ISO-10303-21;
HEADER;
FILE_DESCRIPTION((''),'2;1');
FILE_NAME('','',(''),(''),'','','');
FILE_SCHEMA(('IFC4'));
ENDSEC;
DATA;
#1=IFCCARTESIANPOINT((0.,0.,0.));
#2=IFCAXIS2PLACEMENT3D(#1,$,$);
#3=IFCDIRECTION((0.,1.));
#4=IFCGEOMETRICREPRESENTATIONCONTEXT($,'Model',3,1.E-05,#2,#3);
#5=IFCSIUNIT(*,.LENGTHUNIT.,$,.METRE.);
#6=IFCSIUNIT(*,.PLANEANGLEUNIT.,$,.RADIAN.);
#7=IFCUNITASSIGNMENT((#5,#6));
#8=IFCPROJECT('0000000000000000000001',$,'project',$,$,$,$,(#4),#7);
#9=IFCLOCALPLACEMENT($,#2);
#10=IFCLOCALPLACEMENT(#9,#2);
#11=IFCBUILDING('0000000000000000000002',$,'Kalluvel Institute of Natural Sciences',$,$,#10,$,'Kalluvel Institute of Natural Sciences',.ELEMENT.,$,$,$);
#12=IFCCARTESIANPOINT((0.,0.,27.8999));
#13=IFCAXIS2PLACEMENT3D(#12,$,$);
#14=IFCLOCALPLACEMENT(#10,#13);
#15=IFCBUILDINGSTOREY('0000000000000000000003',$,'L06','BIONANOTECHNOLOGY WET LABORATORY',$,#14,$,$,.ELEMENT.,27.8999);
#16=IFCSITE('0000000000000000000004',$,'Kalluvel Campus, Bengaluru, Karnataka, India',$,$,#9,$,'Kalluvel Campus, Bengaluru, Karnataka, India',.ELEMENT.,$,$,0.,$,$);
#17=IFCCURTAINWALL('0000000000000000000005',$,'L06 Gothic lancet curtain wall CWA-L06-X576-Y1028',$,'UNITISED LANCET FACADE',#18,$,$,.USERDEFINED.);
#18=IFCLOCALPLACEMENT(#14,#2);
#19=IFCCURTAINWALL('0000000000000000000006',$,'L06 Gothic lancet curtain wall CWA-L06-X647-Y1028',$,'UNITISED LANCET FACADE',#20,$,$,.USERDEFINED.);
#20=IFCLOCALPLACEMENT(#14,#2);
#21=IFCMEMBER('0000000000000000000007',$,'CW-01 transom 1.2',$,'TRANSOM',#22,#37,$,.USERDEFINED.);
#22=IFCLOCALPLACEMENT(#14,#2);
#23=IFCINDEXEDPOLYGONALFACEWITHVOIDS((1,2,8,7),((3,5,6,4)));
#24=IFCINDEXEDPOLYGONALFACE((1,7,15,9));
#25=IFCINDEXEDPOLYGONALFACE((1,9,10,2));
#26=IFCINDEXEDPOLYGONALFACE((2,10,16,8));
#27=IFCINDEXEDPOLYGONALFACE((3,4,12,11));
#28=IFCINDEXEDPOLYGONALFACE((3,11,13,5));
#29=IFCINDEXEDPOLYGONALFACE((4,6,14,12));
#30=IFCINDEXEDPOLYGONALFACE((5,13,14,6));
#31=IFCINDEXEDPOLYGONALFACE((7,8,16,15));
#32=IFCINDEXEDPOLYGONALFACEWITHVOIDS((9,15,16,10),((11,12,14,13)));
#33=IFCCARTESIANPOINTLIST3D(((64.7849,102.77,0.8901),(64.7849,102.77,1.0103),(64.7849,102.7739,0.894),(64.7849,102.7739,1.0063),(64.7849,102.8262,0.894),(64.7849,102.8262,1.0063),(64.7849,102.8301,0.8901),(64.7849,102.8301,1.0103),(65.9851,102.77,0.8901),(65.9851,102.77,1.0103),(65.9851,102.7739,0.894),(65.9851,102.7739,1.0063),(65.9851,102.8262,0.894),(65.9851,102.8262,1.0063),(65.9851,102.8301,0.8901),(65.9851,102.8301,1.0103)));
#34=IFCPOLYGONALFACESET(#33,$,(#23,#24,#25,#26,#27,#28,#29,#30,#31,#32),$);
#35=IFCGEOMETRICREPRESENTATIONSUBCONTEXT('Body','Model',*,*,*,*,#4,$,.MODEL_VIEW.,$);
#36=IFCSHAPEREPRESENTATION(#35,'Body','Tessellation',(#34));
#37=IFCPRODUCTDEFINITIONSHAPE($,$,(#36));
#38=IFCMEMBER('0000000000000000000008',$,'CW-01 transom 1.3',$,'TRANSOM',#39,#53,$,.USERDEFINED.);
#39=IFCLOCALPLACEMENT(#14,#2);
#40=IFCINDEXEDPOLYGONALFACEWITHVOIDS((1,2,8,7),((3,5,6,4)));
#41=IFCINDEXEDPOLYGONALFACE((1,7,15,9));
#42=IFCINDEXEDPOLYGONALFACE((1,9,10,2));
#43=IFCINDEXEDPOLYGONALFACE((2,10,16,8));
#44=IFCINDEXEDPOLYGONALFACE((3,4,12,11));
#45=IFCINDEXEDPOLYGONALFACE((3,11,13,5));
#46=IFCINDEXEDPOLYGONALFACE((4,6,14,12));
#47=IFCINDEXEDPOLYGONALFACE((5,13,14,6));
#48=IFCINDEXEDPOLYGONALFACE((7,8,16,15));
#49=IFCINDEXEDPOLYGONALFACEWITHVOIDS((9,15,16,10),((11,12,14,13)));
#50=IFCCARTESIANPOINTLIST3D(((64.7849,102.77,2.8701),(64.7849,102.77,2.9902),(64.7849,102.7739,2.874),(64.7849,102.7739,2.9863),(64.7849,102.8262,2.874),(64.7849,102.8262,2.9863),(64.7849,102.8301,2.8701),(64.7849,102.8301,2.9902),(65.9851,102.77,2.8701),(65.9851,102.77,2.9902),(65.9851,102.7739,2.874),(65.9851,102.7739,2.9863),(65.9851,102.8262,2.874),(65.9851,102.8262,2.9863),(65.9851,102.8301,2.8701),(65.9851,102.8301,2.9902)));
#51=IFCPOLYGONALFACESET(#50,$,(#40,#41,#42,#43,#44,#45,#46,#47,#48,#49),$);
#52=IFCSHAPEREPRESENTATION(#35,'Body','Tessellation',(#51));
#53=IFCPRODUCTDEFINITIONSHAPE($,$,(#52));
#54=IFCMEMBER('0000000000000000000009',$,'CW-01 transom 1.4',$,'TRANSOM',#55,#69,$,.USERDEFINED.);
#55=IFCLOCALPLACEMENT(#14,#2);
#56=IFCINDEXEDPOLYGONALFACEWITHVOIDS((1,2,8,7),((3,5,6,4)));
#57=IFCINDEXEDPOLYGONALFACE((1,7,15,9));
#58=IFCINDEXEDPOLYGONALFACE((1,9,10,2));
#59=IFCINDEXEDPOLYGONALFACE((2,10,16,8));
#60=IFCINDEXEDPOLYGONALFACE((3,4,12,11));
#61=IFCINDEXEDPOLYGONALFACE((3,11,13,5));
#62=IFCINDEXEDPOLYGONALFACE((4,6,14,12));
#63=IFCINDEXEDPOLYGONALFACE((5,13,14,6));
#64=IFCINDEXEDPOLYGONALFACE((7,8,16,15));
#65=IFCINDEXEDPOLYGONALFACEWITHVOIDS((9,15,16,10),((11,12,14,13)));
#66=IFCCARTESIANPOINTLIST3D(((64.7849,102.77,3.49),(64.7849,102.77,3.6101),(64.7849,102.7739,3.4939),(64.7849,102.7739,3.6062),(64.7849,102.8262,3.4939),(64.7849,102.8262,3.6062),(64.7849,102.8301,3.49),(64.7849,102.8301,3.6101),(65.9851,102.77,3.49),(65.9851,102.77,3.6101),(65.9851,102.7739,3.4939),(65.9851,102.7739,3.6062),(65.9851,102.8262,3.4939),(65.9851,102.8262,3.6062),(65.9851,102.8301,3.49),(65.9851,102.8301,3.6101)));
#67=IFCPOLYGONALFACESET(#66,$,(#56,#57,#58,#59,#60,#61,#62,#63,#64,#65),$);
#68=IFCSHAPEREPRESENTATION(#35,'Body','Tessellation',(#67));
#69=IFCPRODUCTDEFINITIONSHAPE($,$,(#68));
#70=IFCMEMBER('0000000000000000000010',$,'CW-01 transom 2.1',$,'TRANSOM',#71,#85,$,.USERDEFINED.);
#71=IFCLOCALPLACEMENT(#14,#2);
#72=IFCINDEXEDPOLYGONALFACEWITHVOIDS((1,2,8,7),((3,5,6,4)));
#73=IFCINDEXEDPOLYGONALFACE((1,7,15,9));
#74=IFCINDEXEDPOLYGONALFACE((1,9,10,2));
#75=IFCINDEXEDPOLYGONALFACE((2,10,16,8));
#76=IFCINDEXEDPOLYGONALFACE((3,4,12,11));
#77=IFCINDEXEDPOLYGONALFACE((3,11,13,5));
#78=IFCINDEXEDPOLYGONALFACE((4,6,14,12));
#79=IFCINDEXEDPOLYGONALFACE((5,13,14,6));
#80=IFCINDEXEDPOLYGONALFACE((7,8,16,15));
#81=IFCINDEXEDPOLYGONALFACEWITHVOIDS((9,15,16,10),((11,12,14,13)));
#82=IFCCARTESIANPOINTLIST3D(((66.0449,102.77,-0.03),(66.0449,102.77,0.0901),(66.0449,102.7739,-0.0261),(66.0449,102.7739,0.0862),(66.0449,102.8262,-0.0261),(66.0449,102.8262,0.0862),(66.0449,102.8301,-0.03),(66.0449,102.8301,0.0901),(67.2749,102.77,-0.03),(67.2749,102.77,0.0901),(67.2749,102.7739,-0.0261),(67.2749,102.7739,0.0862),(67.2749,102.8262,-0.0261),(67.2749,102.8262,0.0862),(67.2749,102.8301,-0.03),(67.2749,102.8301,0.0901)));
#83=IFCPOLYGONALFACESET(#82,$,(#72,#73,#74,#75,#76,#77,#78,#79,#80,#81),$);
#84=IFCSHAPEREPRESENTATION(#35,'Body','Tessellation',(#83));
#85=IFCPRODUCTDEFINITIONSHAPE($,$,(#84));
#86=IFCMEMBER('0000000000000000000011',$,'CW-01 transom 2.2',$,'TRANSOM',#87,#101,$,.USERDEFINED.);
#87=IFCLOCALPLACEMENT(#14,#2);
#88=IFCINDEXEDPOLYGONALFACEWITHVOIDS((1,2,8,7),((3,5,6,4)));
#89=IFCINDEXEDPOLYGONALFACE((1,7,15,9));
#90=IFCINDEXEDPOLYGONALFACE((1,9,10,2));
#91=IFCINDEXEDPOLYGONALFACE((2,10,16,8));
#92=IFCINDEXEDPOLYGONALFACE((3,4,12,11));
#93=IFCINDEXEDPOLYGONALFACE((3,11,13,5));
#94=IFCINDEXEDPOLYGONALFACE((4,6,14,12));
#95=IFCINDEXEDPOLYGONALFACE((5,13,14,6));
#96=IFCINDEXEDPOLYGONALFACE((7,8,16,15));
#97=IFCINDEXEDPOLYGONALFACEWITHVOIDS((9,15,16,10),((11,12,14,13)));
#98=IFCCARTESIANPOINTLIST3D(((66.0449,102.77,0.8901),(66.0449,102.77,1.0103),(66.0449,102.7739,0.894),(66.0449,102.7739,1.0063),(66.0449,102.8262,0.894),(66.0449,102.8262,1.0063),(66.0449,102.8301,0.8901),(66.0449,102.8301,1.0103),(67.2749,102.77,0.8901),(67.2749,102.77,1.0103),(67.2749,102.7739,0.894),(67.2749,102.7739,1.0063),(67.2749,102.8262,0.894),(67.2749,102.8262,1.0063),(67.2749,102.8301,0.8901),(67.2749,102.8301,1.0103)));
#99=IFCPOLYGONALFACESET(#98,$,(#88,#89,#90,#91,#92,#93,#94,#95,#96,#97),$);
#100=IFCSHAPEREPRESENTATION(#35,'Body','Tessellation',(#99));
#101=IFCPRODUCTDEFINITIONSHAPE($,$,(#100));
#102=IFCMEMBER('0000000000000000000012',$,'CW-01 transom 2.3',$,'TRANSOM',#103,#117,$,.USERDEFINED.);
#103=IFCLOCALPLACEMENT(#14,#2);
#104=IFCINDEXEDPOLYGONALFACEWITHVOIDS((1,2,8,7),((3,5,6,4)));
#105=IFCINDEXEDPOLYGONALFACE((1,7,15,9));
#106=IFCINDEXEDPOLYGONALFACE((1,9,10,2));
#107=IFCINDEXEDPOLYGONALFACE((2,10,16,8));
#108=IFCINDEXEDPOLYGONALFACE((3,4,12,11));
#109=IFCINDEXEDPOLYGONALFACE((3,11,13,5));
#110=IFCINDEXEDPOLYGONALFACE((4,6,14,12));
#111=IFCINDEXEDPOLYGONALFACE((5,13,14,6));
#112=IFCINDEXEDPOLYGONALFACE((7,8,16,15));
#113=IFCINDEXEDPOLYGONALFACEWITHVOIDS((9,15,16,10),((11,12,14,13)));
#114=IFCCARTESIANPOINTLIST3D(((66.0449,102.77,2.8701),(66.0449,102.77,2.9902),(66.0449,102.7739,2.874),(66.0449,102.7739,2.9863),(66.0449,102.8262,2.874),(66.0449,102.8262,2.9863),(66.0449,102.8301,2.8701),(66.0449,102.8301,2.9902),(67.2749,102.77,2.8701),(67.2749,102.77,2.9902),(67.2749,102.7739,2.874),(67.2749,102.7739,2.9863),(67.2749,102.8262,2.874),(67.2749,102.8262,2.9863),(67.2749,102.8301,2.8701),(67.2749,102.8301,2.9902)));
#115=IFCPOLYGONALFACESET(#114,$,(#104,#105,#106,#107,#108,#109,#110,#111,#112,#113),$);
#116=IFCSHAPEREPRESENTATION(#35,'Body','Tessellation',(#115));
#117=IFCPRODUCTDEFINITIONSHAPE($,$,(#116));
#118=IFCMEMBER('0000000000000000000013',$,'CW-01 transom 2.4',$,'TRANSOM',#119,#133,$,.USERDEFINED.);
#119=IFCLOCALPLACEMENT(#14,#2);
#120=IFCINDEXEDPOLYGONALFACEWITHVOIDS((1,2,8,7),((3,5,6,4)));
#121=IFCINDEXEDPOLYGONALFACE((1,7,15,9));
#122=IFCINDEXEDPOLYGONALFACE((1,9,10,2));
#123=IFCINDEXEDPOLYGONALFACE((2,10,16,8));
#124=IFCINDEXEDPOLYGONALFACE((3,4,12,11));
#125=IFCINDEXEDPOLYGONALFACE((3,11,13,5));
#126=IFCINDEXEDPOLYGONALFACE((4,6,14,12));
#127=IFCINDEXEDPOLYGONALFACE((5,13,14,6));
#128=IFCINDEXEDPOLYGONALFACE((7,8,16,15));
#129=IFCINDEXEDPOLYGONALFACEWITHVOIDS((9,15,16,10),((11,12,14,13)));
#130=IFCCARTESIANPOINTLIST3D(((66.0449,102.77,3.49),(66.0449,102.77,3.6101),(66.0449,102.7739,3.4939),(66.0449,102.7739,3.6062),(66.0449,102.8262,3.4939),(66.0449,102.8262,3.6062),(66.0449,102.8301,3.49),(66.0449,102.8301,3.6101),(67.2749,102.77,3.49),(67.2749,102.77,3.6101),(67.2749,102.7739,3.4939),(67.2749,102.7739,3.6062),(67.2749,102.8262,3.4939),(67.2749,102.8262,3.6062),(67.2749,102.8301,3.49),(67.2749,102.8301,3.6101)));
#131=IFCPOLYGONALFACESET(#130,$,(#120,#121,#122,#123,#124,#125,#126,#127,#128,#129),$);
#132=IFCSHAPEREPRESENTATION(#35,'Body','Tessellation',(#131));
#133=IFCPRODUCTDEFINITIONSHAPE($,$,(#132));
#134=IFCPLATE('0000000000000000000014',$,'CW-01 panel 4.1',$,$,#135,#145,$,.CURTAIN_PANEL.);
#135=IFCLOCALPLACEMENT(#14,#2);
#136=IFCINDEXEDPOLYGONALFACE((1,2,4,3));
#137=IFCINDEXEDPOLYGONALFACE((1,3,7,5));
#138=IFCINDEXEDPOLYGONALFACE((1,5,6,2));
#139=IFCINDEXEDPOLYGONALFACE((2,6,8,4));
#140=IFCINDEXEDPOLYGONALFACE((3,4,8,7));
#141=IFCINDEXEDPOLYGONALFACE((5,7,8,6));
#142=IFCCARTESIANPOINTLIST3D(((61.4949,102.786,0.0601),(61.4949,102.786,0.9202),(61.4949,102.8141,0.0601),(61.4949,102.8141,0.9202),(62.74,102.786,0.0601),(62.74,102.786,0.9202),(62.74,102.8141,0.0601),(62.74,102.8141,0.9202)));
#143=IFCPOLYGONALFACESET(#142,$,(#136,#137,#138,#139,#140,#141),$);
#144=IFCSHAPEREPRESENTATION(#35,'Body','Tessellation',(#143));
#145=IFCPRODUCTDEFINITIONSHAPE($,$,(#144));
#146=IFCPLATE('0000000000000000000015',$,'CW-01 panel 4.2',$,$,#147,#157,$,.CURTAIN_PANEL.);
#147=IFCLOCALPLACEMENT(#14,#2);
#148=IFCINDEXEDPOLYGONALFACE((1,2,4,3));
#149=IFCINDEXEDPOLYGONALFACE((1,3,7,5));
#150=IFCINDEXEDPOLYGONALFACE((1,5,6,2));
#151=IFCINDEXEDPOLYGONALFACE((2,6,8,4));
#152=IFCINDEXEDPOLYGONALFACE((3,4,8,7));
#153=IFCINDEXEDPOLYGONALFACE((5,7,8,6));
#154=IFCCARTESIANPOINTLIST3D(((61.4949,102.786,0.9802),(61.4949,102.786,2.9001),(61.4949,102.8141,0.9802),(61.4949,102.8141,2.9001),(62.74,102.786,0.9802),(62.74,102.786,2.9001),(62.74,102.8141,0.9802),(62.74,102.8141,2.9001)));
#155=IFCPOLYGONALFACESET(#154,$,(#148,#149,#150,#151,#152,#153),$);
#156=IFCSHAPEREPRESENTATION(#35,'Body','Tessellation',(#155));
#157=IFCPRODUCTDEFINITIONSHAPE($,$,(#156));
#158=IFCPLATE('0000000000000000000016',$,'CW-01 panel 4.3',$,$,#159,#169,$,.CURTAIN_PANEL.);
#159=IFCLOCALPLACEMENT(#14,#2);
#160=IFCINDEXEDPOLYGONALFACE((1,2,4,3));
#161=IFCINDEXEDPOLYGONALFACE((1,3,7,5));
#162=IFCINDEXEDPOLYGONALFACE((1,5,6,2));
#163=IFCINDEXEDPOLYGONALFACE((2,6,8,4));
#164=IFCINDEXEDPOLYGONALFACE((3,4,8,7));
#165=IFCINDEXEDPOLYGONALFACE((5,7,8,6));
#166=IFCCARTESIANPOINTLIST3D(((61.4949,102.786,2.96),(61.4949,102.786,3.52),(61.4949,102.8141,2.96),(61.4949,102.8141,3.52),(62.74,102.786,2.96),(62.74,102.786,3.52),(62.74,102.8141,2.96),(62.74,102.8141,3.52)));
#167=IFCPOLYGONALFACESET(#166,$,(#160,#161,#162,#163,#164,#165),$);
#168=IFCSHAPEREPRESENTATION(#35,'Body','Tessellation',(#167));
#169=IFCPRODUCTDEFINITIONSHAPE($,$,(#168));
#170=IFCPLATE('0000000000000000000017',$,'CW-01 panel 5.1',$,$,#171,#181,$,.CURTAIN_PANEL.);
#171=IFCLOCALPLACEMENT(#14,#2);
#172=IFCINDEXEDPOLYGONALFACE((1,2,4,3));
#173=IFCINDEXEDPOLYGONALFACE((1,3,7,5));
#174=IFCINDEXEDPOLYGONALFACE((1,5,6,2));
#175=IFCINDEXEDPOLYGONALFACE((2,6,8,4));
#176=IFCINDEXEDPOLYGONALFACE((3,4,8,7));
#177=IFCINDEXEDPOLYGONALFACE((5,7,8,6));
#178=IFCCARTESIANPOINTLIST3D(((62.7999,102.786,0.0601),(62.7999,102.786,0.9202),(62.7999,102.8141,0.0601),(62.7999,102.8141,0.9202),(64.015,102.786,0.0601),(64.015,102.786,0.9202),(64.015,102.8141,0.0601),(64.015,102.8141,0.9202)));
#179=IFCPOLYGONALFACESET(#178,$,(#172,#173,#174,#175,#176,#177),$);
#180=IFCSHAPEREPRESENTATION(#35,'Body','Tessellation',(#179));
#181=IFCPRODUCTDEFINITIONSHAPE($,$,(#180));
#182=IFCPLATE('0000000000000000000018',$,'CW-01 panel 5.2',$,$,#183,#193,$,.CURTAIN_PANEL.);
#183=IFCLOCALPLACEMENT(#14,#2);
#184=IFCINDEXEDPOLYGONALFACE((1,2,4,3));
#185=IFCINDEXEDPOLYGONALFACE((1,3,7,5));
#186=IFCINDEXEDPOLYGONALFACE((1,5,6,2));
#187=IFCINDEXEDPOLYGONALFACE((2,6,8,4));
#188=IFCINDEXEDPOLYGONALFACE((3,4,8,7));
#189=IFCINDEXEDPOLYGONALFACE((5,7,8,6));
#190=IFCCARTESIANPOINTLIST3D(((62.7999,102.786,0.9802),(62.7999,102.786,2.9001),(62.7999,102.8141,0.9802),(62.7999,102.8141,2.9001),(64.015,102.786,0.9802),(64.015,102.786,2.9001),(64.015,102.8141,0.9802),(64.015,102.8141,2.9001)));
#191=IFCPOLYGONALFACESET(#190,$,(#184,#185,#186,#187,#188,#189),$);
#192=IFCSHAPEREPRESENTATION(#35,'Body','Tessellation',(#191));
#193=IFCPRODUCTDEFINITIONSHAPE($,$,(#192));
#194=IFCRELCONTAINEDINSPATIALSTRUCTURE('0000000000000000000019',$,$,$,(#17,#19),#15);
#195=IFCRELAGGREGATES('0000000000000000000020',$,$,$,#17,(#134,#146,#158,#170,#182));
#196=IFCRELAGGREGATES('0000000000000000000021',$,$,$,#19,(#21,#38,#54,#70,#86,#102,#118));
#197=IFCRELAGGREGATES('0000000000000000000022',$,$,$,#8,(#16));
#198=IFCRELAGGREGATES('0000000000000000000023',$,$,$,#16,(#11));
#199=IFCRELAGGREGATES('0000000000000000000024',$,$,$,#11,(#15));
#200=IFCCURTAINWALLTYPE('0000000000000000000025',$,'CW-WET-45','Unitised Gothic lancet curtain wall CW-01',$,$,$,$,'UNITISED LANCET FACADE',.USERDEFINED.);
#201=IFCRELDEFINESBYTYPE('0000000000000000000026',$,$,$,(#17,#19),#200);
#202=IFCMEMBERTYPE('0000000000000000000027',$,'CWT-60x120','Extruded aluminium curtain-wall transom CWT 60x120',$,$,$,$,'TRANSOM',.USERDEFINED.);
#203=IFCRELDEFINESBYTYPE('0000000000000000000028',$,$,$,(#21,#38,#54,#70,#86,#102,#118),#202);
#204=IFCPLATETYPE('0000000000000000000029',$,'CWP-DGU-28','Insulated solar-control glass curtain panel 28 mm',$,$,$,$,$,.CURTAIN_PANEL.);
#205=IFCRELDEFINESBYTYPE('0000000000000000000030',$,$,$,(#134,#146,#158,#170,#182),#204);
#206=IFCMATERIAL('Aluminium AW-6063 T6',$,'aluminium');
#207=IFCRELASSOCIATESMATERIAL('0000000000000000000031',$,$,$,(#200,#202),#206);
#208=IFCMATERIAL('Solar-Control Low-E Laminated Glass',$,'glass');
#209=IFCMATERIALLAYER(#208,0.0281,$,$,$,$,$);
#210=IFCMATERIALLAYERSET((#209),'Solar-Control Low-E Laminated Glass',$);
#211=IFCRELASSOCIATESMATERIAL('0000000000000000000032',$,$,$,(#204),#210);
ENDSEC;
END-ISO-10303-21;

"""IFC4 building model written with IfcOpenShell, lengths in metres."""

from ifc_helpers import new_model, si_unit, direction, frame, origin, origin_2d, place, context, subcontext, project, spatial, rectangle, hollow_rectangle, extrude, material, layer, layer_set, material_profile, profile_set, type_object, element, aggregate, save


model = new_model("IFC4")

# Units and contexts
model_context = context("Model", 3, precision=1e-05, world=origin(), true_north=direction((0.0, 1.0)))
body_context = subcontext(model_context, "Body", "Model", "MODEL_VIEW")
ifc_project = project(units=[si_unit("LENGTHUNIT", "METRE"), si_unit("PLANEANGLEUNIT", "RADIAN")], contexts=[model_context])

# Site, building, storey
site_placement = place(None, origin())
site = spatial("IfcSite", under=ifc_project, at=site_placement, Name="Kalluvel Campus, Bengaluru, Karnataka, India", LongName="Kalluvel Campus, Bengaluru, Karnataka, India", CompositionType="ELEMENT", RefElevation=0.0)
building_placement = place(site_placement, origin())
building = spatial("IfcBuilding", under=site, at=building_placement, Name="Kalluvel Institute of Natural Sciences", LongName="Kalluvel Institute of Natural Sciences", CompositionType="ELEMENT")
storey_placement = place(building_placement, frame((0.0, 0.0, 27.8999)))
storey = spatial("IfcBuildingStorey", under=building, at=storey_placement, Name="L06", Description="BIONANOTECHNOLOGY WET LABORATORY", CompositionType="ELEMENT", Elevation=27.8999)

# Curtain walls
ifc_material_1 = material(Name="Aluminium AW-6063 T6", Category="aluminium")
curtain_wall_type = type_object("IfcCurtainWallType", Name="CW-WET-45", Description="Unitised Gothic lancet curtain wall CW-01", ElementType="UNITISED LANCET FACADE", PredefinedType="USERDEFINED", material=ifc_material_1)
curtain_wall_1_placement = place(storey_placement, origin())
curtain_wall_1 = element("IfcCurtainWall", 1, at=curtain_wall_1_placement, inside=storey, type_object=curtain_wall_type, Name="L06 Gothic lancet curtain wall CWA-L06-X576-Y1028", ObjectType="UNITISED LANCET FACADE", PredefinedType="USERDEFINED")
curtain_wall_2_placement = place(storey_placement, origin())
curtain_wall_2 = element("IfcCurtainWall", 2, at=curtain_wall_2_placement, inside=storey, type_object=curtain_wall_type, Name="L06 Gothic lancet curtain wall CWA-L06-X647-Y1028", ObjectType="UNITISED LANCET FACADE", PredefinedType="USERDEFINED")

# Members
ifc_material_profile_1 = material_profile(ifc_material_1, hollow_rectangle(XDim=0.0601, YDim=0.1201, WallThickness=0.0039, at=origin_2d()), Name="CWT 60x120")
ifc_profile_set_1 = profile_set([ifc_material_profile_1], Name="Aluminium AW-6063 T6")
member_type_1 = type_object("IfcMemberType", Name="CWT-60x120", Description="Extruded aluminium curtain-wall transom CWT 60x120", ElementType="TRANSOM", PredefinedType="USERDEFINED", material=ifc_profile_set_1)
member_1_placement = place(storey_placement, frame((64.7849, 102.8, 0.9502), z_axis=(1.0, 0.0, 0.0), x_axis=(0.0, 1.0, 0.0)))
member_1 = element("IfcMember", 3, at=member_1_placement, type_object=member_type_1, Name="CW-01 transom 1.2", ObjectType="TRANSOM", PredefinedType="USERDEFINED", context=body_context, shape_type="SweptSolid", body=[
    extrude(hollow_rectangle(XDim=0.0601, YDim=0.1201, WallThickness=0.0039, at=origin_2d()), origin(), (0.0, 0.0, 1.0), 1.2002),
])
member_2_placement = place(storey_placement, frame((64.7849, 102.8, 2.9302), z_axis=(1.0, 0.0, 0.0), x_axis=(0.0, 1.0, 0.0)))
member_2 = element("IfcMember", 4, at=member_2_placement, type_object=member_type_1, Name="CW-01 transom 1.3", ObjectType="TRANSOM", PredefinedType="USERDEFINED", context=body_context, shape_type="SweptSolid", body=[
    extrude(hollow_rectangle(XDim=0.0601, YDim=0.1201, WallThickness=0.0039, at=origin_2d()), origin(), (0.0, 0.0, 1.0), 1.2002),
])
member_3_placement = place(storey_placement, frame((64.7849, 102.8, 3.55), z_axis=(1.0, 0.0, 0.0), x_axis=(0.0, 1.0, 0.0)))
member_3 = element("IfcMember", 5, at=member_3_placement, type_object=member_type_1, Name="CW-01 transom 1.4", ObjectType="TRANSOM", PredefinedType="USERDEFINED", context=body_context, shape_type="SweptSolid", body=[
    extrude(hollow_rectangle(XDim=0.0601, YDim=0.1201, WallThickness=0.0039, at=origin_2d()), origin(), (0.0, 0.0, 1.0), 1.2002),
])
member_4_placement = place(storey_placement, frame((66.0449, 102.8, 0.03), z_axis=(1.0, 0.0, 0.0), x_axis=(0.0, 1.0, 0.0)))
member_4 = element("IfcMember", 6, at=member_4_placement, type_object=member_type_1, Name="CW-01 transom 2.1", ObjectType="TRANSOM", PredefinedType="USERDEFINED", context=body_context, shape_type="SweptSolid", body=[
    extrude(hollow_rectangle(XDim=0.0601, YDim=0.1201, WallThickness=0.0039, at=origin_2d()), origin(), (0.0, 0.0, 1.0), 1.23),
])
member_5_placement = place(storey_placement, frame((66.0449, 102.8, 0.9502), z_axis=(1.0, 0.0, 0.0), x_axis=(0.0, 1.0, 0.0)))
member_5 = element("IfcMember", 7, at=member_5_placement, type_object=member_type_1, Name="CW-01 transom 2.2", ObjectType="TRANSOM", PredefinedType="USERDEFINED", context=body_context, shape_type="SweptSolid", body=[
    extrude(hollow_rectangle(XDim=0.0601, YDim=0.1201, WallThickness=0.0039, at=origin_2d()), origin(), (0.0, 0.0, 1.0), 1.23),
])
member_6_placement = place(storey_placement, frame((66.0449, 102.8, 2.9302), z_axis=(1.0, 0.0, 0.0), x_axis=(0.0, 1.0, 0.0)))
member_6 = element("IfcMember", 8, at=member_6_placement, type_object=member_type_1, Name="CW-01 transom 2.3", ObjectType="TRANSOM", PredefinedType="USERDEFINED", context=body_context, shape_type="SweptSolid", body=[
    extrude(hollow_rectangle(XDim=0.0601, YDim=0.1201, WallThickness=0.0039, at=origin_2d()), origin(), (0.0, 0.0, 1.0), 1.23),
])
member_7_placement = place(storey_placement, frame((66.0449, 102.8, 3.55), z_axis=(1.0, 0.0, 0.0), x_axis=(0.0, 1.0, 0.0)))
member_7 = element("IfcMember", 9, at=member_7_placement, type_object=member_type_1, Name="CW-01 transom 2.4", ObjectType="TRANSOM", PredefinedType="USERDEFINED", context=body_context, shape_type="SweptSolid", body=[
    extrude(hollow_rectangle(XDim=0.0601, YDim=0.1201, WallThickness=0.0039, at=origin_2d()), origin(), (0.0, 0.0, 1.0), 1.23),
])

# Plates
ifc_material_2 = material(Name="Solar-Control Low-E Laminated Glass", Category="glass")
ifc_layer = layer(ifc_material_2, 0.0281)
ifc_layer_set = layer_set([ifc_layer], Name="Solar-Control Low-E Laminated Glass")
plate_type = type_object("IfcPlateType", Name="CWP-DGU-28", Description="Insulated solar-control glass curtain panel 28 mm", PredefinedType="CURTAIN_PANEL", material=ifc_layer_set)
plate_1_placement = place(storey_placement, frame((62.1174, 102.8, 0.0601), z_axis=(0.0, 0.0, 1.0), x_axis=(1.0, 0.0, 0.0)))
plate_1 = element("IfcPlate", 10, at=plate_1_placement, type_object=plate_type, Name="CW-01 panel 4.1", PredefinedType="CURTAIN_PANEL", context=body_context, shape_type="SweptSolid", body=[
    extrude(rectangle(XDim=1.2451, YDim=0.0281, at=origin_2d()), origin(), (0.0, 0.0, 1.0), 0.8601),
])
plate_2_placement = place(storey_placement, frame((62.1174, 102.8, 0.9802), z_axis=(0.0, 0.0, 1.0), x_axis=(1.0, 0.0, 0.0)))
plate_2 = element("IfcPlate", 11, at=plate_2_placement, type_object=plate_type, Name="CW-01 panel 4.2", PredefinedType="CURTAIN_PANEL", context=body_context, shape_type="SweptSolid", body=[
    extrude(rectangle(XDim=1.2451, YDim=0.0281, at=origin_2d()), origin(), (0.0, 0.0, 1.0), 1.9199),
])
plate_3_placement = place(storey_placement, frame((62.1174, 102.8, 2.96), z_axis=(0.0, 0.0, 1.0), x_axis=(1.0, 0.0, 0.0)))
plate_3 = element("IfcPlate", 12, at=plate_3_placement, type_object=plate_type, Name="CW-01 panel 4.3", PredefinedType="CURTAIN_PANEL", context=body_context, shape_type="SweptSolid", body=[
    extrude(rectangle(XDim=1.2451, YDim=0.0281, at=origin_2d()), origin(), (0.0, 0.0, 1.0), 0.5601),
])
plate_4_placement = place(storey_placement, frame((63.4075, 102.8, 0.0601), z_axis=(0.0, 0.0, 1.0), x_axis=(1.0, 0.0, 0.0)))
plate_4 = element("IfcPlate", 13, at=plate_4_placement, type_object=plate_type, Name="CW-01 panel 5.1", PredefinedType="CURTAIN_PANEL", context=body_context, shape_type="SweptSolid", body=[
    extrude(rectangle(XDim=1.2151, YDim=0.0281, at=origin_2d()), origin(), (0.0, 0.0, 1.0), 0.8601),
])
plate_5_placement = place(storey_placement, frame((63.4075, 102.8, 0.9802), z_axis=(0.0, 0.0, 1.0), x_axis=(1.0, 0.0, 0.0)))
plate_5 = element("IfcPlate", 14, at=plate_5_placement, type_object=plate_type, Name="CW-01 panel 5.2", PredefinedType="CURTAIN_PANEL", context=body_context, shape_type="SweptSolid", body=[
    extrude(rectangle(XDim=1.2151, YDim=0.0281, at=origin_2d()), origin(), (0.0, 0.0, 1.0), 1.9199),
])
aggregate(curtain_wall_1, [plate_1, plate_2, plate_3, plate_4, plate_5])
aggregate(curtain_wall_2, [member_1, member_2, member_3, member_4, member_5, member_6, member_7])

save(model, "model.ifc")
